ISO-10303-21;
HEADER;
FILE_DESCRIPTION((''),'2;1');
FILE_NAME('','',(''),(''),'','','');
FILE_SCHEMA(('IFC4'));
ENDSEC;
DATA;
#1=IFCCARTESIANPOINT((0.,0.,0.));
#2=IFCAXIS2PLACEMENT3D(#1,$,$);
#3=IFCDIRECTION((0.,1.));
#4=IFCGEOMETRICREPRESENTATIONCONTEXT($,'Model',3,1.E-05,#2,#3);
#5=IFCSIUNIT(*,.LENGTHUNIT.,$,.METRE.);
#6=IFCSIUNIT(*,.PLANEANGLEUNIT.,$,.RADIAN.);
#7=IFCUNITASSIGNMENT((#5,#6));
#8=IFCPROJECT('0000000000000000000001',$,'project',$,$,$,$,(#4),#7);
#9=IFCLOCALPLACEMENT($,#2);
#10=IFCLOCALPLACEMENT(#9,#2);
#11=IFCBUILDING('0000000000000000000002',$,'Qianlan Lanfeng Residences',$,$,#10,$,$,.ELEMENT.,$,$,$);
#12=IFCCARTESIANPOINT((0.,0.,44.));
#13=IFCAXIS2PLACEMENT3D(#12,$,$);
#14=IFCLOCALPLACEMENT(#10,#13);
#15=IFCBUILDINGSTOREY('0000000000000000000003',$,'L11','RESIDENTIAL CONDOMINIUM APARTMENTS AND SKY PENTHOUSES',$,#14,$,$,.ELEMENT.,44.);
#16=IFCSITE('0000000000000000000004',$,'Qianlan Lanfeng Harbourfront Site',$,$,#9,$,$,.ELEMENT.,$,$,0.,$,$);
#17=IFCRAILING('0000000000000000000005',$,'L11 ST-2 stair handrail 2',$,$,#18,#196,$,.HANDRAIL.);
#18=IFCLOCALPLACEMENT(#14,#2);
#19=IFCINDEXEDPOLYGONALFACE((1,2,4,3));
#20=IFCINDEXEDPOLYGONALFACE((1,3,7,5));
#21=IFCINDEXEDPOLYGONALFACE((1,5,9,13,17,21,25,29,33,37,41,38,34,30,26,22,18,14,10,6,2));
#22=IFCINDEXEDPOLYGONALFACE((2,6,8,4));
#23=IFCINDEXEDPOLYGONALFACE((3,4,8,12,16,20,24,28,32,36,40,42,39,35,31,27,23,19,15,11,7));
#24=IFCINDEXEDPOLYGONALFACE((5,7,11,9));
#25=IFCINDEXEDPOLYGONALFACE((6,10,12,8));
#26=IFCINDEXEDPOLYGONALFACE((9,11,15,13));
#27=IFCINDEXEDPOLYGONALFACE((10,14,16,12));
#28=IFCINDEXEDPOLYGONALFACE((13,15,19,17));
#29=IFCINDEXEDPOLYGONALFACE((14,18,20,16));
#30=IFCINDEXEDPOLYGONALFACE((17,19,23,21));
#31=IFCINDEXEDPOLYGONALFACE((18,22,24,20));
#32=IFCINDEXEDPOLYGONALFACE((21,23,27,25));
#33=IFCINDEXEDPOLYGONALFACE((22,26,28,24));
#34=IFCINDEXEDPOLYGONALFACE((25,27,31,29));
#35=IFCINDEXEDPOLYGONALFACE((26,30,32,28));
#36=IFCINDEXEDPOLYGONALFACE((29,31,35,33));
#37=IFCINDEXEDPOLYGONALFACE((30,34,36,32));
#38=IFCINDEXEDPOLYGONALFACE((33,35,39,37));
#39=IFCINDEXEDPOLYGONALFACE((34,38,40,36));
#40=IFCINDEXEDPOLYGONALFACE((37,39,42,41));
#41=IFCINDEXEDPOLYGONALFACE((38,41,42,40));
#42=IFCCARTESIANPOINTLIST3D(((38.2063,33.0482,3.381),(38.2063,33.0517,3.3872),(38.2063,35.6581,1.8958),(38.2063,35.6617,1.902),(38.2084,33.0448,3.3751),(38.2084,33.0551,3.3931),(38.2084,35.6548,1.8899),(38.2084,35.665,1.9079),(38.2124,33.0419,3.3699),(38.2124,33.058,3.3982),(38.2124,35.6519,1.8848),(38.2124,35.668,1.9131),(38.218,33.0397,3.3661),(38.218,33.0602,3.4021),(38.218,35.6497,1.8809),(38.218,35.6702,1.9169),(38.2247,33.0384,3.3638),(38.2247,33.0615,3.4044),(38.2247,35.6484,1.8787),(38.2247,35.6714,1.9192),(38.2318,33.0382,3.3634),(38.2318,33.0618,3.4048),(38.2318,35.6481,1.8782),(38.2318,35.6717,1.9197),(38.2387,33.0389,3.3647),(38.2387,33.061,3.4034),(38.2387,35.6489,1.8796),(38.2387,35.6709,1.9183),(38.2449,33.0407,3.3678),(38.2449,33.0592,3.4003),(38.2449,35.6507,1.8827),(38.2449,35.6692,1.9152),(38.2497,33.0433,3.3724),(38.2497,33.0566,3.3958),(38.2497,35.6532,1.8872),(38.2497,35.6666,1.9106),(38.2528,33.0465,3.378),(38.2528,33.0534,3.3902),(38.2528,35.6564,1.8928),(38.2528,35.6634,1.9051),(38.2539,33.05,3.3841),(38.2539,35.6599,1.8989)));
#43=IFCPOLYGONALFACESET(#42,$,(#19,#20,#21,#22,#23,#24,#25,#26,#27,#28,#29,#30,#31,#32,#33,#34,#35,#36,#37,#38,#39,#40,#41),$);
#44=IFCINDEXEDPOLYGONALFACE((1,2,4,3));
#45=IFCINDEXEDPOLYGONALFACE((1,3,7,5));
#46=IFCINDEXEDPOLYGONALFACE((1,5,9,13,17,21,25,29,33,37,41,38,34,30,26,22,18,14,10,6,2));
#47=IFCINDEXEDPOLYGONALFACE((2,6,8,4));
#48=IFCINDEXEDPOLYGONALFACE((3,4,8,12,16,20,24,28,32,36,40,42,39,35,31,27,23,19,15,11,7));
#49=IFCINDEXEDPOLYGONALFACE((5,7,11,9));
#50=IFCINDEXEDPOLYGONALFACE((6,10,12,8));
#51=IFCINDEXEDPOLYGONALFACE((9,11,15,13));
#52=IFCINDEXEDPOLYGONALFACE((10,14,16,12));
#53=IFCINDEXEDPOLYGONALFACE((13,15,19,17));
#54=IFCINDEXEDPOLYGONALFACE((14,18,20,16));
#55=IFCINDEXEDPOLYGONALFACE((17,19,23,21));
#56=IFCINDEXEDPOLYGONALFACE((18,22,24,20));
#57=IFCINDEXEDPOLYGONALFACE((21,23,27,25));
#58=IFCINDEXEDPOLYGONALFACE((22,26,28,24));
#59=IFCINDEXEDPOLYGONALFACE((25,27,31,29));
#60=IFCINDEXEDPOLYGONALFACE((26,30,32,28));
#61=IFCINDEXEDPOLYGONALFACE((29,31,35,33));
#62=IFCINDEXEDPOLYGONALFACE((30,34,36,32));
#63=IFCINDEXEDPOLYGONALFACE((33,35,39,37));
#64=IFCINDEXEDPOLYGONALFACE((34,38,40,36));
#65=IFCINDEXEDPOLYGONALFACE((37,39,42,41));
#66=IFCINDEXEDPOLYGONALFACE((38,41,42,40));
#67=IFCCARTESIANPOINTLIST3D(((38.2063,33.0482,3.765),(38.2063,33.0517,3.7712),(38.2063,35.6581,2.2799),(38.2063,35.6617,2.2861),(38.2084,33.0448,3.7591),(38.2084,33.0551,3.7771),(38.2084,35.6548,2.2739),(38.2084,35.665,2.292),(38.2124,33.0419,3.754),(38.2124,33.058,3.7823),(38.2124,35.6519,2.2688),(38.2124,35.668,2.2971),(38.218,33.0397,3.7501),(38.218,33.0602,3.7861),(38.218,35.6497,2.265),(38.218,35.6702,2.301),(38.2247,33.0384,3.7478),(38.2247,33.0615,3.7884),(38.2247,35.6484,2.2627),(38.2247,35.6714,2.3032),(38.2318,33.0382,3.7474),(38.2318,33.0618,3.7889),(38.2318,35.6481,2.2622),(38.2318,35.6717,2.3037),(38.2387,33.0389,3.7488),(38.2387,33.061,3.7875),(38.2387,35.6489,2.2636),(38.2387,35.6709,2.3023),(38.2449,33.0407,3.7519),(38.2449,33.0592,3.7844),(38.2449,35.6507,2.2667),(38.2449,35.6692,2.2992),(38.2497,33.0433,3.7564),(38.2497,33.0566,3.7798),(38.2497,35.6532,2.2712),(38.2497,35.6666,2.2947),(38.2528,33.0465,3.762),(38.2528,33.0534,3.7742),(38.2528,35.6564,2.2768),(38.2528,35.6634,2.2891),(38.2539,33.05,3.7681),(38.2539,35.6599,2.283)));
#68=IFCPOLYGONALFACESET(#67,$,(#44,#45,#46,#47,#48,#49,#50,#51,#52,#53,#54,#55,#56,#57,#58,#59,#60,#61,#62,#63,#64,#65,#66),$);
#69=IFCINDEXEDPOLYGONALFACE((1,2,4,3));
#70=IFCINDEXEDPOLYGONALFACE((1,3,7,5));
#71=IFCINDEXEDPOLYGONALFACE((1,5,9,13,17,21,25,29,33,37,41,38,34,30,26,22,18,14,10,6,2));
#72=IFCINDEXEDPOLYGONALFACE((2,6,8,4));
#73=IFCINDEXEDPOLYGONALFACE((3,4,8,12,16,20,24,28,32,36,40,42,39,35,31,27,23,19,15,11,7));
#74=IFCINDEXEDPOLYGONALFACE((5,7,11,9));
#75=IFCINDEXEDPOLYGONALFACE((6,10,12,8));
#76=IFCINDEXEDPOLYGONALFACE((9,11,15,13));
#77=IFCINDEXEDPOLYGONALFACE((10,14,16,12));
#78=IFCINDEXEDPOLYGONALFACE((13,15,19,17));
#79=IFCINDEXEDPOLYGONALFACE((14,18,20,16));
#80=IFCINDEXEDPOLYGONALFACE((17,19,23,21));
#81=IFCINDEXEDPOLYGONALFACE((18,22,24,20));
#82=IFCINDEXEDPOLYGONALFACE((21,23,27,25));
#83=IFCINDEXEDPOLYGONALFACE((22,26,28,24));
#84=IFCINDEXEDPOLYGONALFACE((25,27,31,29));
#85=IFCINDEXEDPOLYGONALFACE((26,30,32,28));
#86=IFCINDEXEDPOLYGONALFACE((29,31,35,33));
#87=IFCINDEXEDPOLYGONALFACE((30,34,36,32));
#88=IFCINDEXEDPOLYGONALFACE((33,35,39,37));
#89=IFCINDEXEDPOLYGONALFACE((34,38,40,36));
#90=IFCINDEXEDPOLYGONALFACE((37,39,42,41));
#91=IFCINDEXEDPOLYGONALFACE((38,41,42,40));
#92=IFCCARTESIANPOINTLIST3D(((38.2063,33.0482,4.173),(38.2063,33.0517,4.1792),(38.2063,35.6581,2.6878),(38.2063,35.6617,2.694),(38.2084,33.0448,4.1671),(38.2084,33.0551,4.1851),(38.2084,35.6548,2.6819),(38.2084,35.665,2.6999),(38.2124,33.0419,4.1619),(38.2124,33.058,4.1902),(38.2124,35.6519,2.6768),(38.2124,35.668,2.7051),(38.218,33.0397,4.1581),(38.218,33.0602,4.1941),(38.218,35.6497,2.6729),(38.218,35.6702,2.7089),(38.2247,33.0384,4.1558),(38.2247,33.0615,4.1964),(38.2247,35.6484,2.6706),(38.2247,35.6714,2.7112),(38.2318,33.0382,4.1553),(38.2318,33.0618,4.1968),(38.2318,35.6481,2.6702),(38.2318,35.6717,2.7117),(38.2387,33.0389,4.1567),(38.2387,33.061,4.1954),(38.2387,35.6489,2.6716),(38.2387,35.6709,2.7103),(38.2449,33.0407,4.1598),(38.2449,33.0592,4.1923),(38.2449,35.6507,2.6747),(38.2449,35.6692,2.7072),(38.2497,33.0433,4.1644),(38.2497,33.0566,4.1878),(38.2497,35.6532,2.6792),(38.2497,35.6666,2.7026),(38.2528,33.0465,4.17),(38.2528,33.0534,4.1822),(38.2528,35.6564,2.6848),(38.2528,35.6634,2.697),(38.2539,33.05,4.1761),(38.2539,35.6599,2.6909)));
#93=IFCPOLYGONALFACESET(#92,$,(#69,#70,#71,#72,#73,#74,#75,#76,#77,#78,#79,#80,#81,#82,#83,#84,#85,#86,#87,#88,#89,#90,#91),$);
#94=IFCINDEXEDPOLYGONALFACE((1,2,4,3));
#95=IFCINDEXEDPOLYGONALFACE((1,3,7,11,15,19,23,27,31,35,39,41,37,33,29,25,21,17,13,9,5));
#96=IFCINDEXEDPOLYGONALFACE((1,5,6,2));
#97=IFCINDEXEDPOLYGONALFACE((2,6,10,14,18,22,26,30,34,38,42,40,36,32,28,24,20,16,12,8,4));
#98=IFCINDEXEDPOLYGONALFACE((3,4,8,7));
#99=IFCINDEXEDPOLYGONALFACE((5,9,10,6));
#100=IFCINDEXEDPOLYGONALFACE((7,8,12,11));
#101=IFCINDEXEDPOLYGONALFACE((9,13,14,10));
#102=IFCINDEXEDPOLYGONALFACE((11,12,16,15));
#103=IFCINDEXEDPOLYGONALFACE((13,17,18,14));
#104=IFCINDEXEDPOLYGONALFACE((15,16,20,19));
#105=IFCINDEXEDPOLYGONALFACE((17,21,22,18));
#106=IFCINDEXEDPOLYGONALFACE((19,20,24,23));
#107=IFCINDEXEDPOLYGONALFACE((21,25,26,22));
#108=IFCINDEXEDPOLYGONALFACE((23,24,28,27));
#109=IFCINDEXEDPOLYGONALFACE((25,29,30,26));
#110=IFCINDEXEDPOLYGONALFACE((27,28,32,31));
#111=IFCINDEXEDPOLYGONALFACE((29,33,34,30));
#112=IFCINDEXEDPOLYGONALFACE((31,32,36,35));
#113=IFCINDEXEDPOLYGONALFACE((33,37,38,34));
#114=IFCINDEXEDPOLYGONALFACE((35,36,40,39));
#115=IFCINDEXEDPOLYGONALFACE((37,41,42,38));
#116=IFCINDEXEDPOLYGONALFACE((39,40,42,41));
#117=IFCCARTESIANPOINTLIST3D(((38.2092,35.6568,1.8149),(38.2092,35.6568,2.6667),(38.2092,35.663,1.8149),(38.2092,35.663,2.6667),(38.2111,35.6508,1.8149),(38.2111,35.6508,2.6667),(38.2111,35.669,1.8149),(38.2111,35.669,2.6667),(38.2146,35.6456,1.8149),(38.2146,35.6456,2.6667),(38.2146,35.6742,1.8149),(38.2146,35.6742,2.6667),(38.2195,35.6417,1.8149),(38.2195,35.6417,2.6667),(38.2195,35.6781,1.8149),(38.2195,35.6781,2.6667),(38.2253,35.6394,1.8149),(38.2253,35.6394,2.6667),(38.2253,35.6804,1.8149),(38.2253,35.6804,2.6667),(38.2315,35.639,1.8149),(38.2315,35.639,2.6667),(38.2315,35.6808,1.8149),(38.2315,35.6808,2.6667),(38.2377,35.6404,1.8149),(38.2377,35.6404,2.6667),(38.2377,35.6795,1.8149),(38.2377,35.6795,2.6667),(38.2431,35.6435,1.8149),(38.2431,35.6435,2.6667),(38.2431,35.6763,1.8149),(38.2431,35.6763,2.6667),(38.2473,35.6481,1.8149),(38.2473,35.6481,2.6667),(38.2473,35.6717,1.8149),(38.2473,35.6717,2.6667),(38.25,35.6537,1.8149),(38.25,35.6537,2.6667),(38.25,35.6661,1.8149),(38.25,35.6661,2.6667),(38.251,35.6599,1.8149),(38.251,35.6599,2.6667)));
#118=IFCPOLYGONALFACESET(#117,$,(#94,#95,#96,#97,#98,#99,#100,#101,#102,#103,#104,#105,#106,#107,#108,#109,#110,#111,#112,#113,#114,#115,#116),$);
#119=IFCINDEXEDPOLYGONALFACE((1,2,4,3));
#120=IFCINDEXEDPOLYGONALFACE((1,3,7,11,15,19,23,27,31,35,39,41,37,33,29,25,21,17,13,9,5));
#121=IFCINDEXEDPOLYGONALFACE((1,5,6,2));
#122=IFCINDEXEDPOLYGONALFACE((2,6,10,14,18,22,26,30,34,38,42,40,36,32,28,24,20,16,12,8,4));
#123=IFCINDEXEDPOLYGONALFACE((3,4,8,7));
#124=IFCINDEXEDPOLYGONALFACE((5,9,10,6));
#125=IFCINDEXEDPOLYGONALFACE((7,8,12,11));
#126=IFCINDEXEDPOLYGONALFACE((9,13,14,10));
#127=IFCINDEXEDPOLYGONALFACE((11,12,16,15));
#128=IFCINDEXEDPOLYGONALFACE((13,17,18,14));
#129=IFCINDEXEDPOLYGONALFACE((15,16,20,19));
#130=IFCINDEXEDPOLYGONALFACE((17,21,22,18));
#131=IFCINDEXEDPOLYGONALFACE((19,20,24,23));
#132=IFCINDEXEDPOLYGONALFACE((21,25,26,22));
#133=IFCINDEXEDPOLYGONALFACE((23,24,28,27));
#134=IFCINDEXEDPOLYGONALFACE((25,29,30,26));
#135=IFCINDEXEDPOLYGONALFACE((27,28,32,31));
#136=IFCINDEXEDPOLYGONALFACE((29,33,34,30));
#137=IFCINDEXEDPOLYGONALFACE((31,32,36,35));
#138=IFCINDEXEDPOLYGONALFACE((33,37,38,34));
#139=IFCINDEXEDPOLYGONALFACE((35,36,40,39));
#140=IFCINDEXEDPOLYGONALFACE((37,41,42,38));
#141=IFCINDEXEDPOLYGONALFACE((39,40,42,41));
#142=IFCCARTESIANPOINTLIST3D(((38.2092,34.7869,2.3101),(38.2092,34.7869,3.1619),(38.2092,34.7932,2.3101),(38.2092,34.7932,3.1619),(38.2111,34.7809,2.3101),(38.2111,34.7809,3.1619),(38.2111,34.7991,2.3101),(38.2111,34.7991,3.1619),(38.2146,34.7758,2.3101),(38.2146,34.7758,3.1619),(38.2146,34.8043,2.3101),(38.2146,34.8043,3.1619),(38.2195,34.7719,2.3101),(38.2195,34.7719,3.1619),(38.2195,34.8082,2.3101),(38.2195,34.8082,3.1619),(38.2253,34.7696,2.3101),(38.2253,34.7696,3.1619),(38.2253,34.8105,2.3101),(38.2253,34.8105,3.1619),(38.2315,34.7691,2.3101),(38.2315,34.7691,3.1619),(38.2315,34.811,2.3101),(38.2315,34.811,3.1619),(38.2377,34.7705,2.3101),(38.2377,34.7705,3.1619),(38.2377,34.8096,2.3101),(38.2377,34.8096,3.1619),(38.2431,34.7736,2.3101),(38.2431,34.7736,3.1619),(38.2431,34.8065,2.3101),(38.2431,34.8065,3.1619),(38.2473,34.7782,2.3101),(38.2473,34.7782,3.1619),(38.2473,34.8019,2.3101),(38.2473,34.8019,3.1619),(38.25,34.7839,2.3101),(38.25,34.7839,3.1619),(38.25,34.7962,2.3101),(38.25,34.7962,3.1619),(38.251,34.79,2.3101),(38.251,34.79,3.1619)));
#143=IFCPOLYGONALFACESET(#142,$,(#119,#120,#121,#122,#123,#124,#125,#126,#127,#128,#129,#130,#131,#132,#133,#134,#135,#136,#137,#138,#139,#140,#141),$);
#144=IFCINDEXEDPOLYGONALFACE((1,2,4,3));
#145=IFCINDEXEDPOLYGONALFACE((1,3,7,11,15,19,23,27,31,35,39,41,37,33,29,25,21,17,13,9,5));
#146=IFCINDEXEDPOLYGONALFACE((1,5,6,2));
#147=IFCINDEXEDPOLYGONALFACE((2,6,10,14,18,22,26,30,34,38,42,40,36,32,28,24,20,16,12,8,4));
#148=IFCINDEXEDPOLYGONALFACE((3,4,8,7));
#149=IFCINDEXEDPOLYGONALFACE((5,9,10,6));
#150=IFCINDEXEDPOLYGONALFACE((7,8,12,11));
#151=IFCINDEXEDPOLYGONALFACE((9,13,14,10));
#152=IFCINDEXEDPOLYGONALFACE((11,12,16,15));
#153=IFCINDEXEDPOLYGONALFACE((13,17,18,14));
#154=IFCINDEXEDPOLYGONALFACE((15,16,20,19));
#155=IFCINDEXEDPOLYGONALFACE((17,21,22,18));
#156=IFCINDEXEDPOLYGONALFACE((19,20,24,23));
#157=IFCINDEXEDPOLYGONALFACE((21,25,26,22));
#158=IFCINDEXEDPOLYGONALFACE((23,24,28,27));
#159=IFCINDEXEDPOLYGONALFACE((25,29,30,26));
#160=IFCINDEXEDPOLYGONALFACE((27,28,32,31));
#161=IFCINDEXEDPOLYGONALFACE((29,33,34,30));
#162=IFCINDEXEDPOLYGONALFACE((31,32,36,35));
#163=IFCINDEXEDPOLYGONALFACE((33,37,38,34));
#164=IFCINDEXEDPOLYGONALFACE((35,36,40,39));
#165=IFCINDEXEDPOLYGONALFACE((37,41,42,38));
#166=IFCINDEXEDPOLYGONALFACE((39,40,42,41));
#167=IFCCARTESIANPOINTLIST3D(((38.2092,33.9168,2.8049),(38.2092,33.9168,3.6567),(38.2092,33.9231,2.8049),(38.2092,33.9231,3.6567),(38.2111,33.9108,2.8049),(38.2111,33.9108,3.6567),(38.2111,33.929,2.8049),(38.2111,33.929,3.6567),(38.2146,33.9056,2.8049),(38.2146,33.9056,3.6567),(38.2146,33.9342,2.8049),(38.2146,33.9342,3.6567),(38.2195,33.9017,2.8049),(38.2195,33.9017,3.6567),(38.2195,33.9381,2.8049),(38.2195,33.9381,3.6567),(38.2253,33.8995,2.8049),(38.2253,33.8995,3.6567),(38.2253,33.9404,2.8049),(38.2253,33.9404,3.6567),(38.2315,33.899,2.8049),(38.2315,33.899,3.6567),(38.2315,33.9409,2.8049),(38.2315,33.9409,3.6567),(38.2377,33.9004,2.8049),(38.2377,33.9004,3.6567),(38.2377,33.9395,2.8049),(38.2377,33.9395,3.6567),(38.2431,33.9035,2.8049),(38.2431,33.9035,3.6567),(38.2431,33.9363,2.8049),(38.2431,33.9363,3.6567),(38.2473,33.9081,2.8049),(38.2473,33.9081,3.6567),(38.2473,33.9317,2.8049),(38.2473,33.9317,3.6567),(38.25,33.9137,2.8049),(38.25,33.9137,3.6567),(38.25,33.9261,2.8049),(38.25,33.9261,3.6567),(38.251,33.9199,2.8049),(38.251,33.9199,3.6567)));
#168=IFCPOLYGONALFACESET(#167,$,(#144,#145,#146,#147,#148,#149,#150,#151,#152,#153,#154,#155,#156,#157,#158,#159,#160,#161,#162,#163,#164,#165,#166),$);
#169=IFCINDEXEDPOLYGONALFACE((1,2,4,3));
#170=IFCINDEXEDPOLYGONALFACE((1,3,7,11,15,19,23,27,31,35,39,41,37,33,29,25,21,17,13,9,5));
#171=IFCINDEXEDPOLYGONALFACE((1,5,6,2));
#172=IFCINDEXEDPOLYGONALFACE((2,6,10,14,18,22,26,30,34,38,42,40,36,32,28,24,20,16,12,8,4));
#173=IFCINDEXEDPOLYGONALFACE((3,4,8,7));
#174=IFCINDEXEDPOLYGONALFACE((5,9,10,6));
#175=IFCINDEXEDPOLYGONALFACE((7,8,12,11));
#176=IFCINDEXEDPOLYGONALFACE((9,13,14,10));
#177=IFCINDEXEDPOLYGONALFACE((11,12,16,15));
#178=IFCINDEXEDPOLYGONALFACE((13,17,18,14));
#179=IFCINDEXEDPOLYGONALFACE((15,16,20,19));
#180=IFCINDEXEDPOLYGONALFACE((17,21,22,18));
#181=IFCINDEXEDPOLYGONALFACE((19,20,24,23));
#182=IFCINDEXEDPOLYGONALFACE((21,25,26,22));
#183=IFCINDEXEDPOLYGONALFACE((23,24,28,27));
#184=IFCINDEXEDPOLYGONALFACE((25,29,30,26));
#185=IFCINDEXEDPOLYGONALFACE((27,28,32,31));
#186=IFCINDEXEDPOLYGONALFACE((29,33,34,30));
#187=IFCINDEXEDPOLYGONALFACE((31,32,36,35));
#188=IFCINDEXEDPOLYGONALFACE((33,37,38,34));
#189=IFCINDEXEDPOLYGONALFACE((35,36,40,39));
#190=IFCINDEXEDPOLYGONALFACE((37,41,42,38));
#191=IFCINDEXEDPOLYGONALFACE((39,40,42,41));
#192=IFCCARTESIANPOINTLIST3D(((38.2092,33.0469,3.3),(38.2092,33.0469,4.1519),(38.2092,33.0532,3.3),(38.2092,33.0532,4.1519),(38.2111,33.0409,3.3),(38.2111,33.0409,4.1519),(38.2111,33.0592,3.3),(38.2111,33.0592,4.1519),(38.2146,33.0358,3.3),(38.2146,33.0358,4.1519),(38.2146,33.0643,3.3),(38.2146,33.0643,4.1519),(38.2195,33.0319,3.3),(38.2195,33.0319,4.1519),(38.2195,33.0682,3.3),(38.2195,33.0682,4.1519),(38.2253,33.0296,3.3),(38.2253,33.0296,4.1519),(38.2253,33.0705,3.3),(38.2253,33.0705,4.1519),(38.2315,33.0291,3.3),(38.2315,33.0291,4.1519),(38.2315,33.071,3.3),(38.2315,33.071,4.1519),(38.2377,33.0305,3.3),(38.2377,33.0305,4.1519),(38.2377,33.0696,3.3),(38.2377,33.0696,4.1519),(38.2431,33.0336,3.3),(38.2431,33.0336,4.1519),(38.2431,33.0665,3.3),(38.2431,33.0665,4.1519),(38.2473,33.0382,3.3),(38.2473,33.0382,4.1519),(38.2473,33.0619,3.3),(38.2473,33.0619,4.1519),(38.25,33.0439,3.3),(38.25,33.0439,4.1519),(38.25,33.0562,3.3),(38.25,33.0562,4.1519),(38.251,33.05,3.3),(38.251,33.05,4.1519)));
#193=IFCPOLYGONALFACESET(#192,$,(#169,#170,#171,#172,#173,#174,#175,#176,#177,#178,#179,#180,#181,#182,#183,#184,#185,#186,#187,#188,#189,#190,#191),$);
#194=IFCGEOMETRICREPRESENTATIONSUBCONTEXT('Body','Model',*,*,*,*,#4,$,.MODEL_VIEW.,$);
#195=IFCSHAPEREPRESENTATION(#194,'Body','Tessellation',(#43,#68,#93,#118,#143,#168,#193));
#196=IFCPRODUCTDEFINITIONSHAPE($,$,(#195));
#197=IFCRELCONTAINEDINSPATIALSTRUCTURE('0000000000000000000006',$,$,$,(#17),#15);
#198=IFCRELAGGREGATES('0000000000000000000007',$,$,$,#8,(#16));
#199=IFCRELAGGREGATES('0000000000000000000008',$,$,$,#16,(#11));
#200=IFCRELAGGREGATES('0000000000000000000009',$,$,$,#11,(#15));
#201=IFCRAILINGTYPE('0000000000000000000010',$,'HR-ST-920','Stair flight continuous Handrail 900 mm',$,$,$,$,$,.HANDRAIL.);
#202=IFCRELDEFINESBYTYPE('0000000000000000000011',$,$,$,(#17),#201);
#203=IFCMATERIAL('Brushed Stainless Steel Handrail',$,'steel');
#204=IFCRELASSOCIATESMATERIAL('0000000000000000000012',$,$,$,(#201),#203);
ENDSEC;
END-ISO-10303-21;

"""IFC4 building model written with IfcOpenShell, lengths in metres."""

from ifc_helpers import new_model, si_unit, direction, frame, origin, origin_2d, place, context, subcontext, project, spatial, circle, extrude, material, type_object, element, save


model = new_model("IFC4")

# Units and contexts
model_context = context("Model", 3, precision=1e-05, world=origin(), true_north=direction((0.0, 1.0)))
body_context = subcontext(model_context, "Body", "Model", "MODEL_VIEW")
ifc_project = project(units=[si_unit("LENGTHUNIT", "METRE"), si_unit("PLANEANGLEUNIT", "RADIAN")], contexts=[model_context])

# Site, building, storey
site_placement = place(None, origin())
site = spatial("IfcSite", under=ifc_project, at=site_placement, Name="Qianlan Lanfeng Harbourfront Site", CompositionType="ELEMENT", RefElevation=0.0)
building_placement = place(site_placement, origin())
building = spatial("IfcBuilding", under=site, at=building_placement, Name="Qianlan Lanfeng Residences", CompositionType="ELEMENT")
storey_placement = place(building_placement, frame((0.0, 0.0, 44.0)))
storey = spatial("IfcBuildingStorey", under=building, at=storey_placement, Name="L11", Description="RESIDENTIAL CONDOMINIUM APARTMENTS AND SKY PENTHOUSES", CompositionType="ELEMENT", Elevation=44.0)

# Railing
ifc_material_1 = material(Name="Brushed Stainless Steel Handrail", Category="steel")
railing_type = type_object("IfcRailingType", Name="HR-ST-920", Description="Stair flight continuous Handrail 900 mm", PredefinedType="HANDRAIL", material=ifc_material_1)
railing_placement = place(storey_placement, frame((38.23, 35.6599, 1.8149)))
element("IfcRailing", 1, at=railing_placement, inside=storey, type_object=railing_type, Name="L11 ST-2 stair handrail 2", PredefinedType="HANDRAIL", context=body_context, shape_type="SweptSolid", body=[
    extrude(circle(Radius=0.0239, at=origin_2d()), frame((0.0, 0.0, 0.084), z_axis=(0.0, -0.869137, 0.494571), x_axis=(1.0, 0.0, 0.0)), (0.0, 0.0, 1.0), 3.0029),
    extrude(circle(Radius=0.0239, at=origin_2d()), frame((0.0, 0.0, 0.468), z_axis=(0.0, -0.869137, 0.494571), x_axis=(1.0, 0.0, 0.0)), (0.0, 0.0, 1.0), 3.0029),
    extrude(circle(Radius=0.0239, at=origin_2d()), frame((0.0, 0.0, 0.876), z_axis=(0.0, -0.869137, 0.494571), x_axis=(1.0, 0.0, 0.0)), (0.0, 0.0, 1.0), 3.0029),
    extrude(circle(Radius=0.021, at=origin_2d()), origin(), (0.0, 0.0, 1.0), 0.8518),
    extrude(circle(Radius=0.021, at=origin_2d()), frame((0.0, -0.8699, 0.4951)), (0.0, 0.0, 1.0), 0.8518),
    extrude(circle(Radius=0.021, at=origin_2d()), frame((0.0, -1.74, 0.99)), (0.0, 0.0, 1.0), 0.8518),
    extrude(circle(Radius=0.021, at=origin_2d()), frame((0.0, -2.6099, 1.4851)), (0.0, 0.0, 1.0), 0.8518),
])

save(model, "model.ifc")
